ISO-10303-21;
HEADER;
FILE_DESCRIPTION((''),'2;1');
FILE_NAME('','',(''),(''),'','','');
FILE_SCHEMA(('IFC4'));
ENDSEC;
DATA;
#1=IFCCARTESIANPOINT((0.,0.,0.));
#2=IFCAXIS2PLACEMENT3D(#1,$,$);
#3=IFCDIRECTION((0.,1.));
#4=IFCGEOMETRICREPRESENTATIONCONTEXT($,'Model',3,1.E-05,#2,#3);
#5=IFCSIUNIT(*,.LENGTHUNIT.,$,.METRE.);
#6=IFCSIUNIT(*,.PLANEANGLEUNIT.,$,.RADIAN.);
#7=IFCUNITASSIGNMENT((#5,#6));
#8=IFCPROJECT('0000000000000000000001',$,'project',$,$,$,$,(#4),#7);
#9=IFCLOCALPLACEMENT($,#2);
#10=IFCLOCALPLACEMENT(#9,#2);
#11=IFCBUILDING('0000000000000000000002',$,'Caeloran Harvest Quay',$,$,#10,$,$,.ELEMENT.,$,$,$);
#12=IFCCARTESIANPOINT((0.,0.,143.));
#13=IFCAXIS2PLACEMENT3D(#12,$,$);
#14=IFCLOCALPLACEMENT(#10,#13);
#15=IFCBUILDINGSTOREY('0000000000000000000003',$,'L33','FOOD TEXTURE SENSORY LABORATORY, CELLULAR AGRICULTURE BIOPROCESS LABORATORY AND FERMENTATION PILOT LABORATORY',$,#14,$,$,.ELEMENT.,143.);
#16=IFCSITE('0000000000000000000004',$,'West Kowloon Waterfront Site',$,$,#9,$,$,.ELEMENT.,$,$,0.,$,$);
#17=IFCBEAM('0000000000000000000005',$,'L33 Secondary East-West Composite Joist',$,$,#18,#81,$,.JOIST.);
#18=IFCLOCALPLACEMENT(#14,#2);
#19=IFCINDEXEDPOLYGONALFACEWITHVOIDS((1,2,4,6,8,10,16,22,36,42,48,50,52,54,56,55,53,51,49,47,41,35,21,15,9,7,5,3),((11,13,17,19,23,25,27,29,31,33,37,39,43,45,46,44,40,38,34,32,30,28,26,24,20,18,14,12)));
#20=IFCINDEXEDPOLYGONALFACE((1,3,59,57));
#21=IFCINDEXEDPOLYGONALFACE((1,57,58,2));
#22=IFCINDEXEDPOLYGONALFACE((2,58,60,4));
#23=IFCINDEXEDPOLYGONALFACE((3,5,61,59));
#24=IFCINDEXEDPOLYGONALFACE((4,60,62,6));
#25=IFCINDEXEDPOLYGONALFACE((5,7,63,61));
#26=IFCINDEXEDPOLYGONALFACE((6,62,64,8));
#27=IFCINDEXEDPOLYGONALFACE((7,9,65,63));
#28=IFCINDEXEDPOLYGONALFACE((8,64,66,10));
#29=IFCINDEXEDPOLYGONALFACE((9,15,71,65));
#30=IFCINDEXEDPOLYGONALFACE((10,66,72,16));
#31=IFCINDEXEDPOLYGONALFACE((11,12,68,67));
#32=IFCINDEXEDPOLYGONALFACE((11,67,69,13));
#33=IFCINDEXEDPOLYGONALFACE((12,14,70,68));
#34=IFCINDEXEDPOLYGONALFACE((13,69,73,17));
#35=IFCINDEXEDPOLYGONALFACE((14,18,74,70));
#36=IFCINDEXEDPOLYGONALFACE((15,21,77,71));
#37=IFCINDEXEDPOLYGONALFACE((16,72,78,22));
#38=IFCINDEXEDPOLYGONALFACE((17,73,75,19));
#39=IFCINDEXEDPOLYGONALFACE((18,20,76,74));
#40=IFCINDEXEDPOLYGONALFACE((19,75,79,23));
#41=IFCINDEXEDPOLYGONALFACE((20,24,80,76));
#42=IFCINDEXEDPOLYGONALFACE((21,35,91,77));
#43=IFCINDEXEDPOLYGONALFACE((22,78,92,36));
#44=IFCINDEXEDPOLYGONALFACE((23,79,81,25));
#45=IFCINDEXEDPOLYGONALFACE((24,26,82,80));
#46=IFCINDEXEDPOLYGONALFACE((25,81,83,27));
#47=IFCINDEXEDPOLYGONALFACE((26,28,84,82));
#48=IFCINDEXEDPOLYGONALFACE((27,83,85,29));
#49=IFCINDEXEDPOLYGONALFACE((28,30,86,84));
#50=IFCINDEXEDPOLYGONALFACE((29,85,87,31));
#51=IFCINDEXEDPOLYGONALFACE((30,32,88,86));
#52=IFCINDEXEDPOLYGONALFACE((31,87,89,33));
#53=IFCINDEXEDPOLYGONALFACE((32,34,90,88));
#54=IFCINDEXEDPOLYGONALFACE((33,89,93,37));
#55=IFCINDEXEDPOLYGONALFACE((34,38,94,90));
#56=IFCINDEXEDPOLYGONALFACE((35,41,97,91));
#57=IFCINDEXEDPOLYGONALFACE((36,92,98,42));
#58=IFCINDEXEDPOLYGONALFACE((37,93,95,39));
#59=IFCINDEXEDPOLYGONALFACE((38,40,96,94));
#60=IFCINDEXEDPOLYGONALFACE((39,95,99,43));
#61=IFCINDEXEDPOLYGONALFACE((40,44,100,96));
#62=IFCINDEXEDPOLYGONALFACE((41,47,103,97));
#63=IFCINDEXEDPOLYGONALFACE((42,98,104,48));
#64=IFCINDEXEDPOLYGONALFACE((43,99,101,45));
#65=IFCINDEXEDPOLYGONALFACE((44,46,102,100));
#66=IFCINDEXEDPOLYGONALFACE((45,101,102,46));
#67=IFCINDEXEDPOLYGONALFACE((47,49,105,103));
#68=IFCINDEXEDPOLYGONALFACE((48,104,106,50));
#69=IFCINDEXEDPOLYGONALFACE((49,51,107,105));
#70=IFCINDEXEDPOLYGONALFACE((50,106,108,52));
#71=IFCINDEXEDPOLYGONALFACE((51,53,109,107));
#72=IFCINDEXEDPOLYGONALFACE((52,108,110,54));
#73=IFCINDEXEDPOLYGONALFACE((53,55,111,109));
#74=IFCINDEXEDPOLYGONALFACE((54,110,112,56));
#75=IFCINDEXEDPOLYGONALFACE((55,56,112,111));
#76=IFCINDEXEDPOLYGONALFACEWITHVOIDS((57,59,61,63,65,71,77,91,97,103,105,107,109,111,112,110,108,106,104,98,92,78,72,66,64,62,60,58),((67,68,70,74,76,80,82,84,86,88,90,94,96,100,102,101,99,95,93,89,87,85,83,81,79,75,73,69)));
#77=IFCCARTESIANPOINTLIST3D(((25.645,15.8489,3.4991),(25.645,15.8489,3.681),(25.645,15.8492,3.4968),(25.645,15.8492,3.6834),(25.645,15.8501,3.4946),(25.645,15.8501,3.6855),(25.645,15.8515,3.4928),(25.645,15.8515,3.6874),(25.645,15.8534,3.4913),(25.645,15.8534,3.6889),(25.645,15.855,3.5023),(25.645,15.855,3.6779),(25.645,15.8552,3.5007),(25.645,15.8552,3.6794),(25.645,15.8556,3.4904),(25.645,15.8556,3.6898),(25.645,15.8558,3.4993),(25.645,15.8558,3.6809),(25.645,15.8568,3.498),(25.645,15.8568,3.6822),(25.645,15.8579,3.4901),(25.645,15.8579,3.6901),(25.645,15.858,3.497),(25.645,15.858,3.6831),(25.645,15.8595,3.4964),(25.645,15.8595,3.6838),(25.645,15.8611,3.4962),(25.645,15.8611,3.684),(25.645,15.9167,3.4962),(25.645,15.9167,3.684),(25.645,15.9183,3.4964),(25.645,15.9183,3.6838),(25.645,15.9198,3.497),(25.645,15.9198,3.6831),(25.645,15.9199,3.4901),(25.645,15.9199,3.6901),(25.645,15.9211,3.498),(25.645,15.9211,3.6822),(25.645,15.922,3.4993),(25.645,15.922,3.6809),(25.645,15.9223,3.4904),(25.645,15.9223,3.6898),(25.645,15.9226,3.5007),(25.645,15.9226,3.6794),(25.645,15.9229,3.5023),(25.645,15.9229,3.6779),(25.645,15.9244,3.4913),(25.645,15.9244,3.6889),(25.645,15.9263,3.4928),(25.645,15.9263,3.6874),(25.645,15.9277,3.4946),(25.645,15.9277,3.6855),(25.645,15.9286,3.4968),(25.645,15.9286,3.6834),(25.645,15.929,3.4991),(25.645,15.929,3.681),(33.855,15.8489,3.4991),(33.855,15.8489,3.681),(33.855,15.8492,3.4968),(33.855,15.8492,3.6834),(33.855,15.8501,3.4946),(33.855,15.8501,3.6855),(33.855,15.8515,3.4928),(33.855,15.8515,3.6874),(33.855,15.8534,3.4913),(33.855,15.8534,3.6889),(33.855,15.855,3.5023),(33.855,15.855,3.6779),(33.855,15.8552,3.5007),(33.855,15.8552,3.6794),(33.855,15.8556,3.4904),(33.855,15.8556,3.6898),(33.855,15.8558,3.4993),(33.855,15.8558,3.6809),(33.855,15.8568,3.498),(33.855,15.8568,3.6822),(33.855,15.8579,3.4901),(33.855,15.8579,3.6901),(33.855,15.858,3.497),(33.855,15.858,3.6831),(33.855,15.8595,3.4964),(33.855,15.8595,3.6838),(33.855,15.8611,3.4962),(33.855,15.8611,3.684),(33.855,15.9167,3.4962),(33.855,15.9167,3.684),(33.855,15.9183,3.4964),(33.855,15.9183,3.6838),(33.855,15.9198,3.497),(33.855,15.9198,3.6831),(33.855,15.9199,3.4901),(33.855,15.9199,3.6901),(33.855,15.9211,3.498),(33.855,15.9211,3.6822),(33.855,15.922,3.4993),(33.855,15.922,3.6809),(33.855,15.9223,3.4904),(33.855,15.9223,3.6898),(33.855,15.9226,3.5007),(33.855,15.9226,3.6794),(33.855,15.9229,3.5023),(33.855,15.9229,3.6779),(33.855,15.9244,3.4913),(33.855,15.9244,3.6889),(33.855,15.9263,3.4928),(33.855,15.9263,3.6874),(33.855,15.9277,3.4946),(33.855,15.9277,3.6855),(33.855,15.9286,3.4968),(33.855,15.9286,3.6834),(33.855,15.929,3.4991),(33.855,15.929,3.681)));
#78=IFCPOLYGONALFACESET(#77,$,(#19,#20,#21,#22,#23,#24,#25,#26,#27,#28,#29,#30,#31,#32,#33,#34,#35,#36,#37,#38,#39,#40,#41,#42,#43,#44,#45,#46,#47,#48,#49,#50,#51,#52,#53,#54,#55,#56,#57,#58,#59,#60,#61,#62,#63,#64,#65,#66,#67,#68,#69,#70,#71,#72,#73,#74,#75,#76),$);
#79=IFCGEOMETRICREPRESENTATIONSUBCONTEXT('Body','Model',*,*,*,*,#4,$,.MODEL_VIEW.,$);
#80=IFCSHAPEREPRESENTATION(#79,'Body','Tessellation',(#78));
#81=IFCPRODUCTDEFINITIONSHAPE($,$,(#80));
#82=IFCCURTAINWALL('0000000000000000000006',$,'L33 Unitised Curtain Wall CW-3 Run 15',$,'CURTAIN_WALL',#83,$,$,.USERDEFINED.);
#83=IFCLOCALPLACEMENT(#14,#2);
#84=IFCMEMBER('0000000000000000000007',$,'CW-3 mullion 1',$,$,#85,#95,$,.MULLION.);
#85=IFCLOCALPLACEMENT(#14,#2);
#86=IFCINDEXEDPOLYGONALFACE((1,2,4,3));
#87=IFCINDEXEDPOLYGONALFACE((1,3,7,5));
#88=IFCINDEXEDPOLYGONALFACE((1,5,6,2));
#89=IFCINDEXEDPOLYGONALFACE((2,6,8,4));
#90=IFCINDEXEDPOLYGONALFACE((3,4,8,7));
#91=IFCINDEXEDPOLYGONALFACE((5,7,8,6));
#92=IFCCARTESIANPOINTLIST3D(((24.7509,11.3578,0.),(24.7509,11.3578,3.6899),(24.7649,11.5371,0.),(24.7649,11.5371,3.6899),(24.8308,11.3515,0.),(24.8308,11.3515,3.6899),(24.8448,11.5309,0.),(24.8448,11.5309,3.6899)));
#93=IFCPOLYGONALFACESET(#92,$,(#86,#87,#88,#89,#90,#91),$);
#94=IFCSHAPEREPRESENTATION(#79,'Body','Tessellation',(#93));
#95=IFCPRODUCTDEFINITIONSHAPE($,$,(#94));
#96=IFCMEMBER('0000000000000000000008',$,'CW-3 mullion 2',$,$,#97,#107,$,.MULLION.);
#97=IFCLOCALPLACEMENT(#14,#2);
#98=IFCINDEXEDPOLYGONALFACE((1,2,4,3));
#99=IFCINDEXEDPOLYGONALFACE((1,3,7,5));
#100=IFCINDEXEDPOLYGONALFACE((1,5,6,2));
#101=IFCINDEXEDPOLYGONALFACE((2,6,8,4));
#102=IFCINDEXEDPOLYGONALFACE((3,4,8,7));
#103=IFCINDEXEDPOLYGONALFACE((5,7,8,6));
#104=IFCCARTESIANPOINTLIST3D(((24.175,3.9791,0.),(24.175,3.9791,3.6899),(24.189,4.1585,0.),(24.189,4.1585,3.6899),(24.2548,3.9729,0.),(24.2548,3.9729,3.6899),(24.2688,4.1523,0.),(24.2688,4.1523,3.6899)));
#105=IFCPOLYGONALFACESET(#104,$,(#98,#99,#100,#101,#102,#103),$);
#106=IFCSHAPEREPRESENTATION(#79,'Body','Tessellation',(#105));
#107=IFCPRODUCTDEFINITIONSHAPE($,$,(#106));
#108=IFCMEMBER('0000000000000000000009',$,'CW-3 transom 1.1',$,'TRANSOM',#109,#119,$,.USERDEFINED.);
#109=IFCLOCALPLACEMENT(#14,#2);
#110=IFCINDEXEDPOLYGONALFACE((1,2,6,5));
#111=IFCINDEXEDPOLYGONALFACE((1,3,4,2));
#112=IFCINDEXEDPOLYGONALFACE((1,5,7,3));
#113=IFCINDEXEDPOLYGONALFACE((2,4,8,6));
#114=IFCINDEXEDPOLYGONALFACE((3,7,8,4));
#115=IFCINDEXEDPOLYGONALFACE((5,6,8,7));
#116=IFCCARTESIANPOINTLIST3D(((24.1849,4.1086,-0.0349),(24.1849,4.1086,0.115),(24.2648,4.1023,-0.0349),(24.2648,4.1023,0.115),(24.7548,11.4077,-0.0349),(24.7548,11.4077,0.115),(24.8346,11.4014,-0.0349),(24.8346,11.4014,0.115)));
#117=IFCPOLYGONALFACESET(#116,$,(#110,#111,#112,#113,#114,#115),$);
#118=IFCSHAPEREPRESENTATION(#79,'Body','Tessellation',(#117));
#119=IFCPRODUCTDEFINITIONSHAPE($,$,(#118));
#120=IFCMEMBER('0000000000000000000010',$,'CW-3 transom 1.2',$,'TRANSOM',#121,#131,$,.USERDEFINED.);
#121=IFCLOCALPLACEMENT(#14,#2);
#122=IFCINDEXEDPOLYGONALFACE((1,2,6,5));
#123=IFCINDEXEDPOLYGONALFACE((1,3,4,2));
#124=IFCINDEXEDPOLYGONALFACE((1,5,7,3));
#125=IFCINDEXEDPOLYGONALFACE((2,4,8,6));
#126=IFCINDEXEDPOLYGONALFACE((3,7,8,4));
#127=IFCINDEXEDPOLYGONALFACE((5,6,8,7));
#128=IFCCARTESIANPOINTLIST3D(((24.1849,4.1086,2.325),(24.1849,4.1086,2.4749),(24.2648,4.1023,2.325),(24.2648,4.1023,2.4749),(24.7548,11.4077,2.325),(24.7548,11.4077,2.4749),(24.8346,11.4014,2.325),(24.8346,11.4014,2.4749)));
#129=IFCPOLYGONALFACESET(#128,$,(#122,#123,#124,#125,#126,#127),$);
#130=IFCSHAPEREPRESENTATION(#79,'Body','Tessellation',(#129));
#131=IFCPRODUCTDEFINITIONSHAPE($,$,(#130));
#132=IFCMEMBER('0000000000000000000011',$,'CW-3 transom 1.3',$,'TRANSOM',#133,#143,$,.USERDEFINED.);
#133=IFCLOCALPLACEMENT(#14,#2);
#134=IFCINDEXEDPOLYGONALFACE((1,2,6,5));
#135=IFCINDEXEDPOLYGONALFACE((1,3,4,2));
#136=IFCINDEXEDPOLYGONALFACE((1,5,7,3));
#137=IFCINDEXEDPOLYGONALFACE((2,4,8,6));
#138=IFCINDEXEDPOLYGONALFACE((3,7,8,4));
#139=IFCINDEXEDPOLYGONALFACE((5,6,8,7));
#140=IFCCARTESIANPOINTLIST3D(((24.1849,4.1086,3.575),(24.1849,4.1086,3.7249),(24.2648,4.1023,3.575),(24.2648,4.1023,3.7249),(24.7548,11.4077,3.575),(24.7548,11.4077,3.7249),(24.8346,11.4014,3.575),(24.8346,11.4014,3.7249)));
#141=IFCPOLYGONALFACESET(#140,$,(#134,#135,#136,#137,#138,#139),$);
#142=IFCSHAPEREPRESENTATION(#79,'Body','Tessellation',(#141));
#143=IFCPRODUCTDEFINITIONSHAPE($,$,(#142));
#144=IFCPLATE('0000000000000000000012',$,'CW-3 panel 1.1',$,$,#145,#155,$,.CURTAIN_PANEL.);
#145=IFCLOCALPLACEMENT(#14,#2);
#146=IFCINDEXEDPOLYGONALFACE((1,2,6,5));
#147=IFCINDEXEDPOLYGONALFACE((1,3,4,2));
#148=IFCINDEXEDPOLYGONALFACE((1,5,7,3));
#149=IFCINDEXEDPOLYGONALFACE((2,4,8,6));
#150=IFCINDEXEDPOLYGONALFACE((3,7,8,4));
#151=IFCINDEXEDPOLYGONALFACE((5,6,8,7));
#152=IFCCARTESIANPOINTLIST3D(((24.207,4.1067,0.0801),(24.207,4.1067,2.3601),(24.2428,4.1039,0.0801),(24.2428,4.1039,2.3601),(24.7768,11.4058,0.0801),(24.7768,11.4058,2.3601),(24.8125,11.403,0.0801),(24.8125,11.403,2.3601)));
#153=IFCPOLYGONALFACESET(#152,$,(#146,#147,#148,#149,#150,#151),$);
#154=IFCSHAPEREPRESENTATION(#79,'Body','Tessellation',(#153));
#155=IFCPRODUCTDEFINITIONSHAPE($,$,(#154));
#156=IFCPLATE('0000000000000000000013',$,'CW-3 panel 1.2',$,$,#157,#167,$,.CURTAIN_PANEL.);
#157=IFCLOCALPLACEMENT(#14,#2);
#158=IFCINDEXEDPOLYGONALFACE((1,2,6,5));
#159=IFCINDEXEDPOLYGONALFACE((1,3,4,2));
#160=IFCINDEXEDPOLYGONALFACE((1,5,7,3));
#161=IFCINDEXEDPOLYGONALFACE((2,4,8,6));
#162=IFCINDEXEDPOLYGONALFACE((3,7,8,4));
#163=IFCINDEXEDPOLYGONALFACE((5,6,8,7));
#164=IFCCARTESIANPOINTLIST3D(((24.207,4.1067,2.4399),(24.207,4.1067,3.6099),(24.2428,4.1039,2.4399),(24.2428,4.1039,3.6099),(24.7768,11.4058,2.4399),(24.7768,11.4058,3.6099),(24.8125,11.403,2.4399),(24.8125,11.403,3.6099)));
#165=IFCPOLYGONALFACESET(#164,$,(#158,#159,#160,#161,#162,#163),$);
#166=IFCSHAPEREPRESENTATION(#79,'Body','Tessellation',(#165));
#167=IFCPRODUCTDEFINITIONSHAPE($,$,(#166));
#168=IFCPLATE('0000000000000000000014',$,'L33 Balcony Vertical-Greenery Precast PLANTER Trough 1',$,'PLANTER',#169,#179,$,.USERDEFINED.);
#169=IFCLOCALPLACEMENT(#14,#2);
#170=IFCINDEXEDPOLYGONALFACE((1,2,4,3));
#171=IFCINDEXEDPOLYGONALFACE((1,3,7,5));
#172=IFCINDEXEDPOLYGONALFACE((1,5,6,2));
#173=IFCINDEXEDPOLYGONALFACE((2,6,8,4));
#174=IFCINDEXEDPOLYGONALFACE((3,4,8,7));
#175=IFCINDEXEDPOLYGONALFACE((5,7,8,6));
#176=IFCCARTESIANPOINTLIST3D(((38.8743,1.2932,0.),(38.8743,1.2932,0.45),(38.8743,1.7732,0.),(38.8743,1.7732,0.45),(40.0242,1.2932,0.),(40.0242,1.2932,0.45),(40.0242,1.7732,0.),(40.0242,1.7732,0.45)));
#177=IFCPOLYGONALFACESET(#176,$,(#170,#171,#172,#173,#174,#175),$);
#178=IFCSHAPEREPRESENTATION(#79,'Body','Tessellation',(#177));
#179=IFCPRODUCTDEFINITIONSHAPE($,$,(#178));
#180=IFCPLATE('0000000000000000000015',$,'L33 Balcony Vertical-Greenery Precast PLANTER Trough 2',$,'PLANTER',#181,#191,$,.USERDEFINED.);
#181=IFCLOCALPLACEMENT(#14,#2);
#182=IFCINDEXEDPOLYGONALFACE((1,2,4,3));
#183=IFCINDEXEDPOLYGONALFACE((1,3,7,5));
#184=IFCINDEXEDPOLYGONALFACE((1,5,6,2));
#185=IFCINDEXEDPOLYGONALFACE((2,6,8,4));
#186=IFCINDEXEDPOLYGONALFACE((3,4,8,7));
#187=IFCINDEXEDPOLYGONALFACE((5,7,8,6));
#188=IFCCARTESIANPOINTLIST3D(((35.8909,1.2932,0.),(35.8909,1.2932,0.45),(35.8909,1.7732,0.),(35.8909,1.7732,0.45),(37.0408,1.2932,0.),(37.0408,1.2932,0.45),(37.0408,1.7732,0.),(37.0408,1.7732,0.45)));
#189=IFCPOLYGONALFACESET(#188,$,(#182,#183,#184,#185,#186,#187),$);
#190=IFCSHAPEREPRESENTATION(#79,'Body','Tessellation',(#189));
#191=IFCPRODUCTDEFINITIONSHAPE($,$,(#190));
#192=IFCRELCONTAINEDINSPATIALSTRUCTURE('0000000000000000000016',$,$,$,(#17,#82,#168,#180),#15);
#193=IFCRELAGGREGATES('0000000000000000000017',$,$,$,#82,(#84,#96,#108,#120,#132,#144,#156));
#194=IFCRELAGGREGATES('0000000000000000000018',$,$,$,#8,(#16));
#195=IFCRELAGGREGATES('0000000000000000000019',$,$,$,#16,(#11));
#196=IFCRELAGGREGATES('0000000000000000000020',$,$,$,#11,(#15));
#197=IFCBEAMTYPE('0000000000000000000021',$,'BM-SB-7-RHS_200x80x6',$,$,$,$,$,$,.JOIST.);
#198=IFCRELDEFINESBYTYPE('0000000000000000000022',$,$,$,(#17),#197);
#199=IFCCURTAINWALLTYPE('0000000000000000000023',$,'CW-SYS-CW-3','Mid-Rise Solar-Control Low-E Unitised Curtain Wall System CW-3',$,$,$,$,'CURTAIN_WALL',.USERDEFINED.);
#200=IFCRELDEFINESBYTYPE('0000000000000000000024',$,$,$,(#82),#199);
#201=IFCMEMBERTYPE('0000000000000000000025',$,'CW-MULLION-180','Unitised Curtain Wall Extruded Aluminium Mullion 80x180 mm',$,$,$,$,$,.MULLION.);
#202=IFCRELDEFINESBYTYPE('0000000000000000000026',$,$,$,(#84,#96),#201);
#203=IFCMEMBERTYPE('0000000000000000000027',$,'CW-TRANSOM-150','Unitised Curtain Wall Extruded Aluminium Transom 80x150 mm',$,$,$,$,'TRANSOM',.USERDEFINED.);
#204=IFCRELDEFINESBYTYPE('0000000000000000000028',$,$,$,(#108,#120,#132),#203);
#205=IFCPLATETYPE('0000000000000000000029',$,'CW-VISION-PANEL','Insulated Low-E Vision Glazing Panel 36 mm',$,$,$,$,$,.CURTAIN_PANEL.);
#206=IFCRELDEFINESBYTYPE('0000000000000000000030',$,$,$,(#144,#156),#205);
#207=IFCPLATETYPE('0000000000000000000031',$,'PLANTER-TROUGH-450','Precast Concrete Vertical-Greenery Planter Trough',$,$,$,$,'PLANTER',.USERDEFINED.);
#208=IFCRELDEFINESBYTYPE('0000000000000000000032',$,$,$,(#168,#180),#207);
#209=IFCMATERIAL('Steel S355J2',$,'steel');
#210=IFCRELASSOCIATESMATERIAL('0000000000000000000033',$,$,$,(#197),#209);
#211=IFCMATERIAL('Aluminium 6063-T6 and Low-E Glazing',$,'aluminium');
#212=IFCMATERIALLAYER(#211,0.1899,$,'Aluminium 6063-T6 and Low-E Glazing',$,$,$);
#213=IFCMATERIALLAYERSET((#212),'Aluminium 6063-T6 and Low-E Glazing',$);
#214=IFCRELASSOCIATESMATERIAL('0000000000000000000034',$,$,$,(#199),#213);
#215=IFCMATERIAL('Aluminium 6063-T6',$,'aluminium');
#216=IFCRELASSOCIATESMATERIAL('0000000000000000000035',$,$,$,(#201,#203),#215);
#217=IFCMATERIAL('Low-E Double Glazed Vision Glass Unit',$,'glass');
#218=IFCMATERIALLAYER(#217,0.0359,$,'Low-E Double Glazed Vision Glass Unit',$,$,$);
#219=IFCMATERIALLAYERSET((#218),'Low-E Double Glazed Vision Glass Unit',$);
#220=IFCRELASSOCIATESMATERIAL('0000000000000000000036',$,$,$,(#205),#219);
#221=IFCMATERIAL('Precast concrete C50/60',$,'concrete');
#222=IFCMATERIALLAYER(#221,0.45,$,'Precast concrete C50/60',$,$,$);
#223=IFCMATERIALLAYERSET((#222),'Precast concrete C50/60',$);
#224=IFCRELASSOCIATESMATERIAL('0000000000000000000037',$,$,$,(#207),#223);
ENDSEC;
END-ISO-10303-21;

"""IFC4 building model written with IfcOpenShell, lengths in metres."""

from ifc_helpers import new_model, si_unit, direction, frame, origin, origin_2d, place, context, subcontext, project, spatial, rectangle, hollow_rectangle, extrude, material, layer, layer_set, material_profile, profile_set, type_object, element, aggregate, save


model = new_model("IFC4")

# Units and contexts
model_context = context("Model", 3, precision=1e-05, world=origin(), true_north=direction((0.0, 1.0)))
body_context = subcontext(model_context, "Body", "Model", "MODEL_VIEW")
ifc_project = project(units=[si_unit("LENGTHUNIT", "METRE"), si_unit("PLANEANGLEUNIT", "RADIAN")], contexts=[model_context])

# Site, building, storey
site_placement = place(None, origin())
site = spatial("IfcSite", under=ifc_project, at=site_placement, Name="West Kowloon Waterfront Site", CompositionType="ELEMENT", RefElevation=0.0)
building_placement = place(site_placement, origin())
building = spatial("IfcBuilding", under=site, at=building_placement, Name="Caeloran Harvest Quay", CompositionType="ELEMENT")
storey_placement = place(building_placement, frame((0.0, 0.0, 143.0)))
storey = spatial("IfcBuildingStorey", under=building, at=storey_placement, Name="L33", Description="FOOD TEXTURE SENSORY LABORATORY, CELLULAR AGRICULTURE BIOPROCESS LABORATORY AND FERMENTATION PILOT LABORATORY", CompositionType="ELEMENT", Elevation=143.0)

# Beam
ifc_material_1 = material(Name="Steel S355J2", Category="steel")
ifc_material_profile_1 = material_profile(ifc_material_1, hollow_rectangle(XDim=0.0801, YDim=0.2, WallThickness=0.0061, InnerFilletRadius=0.0061, OuterFilletRadius=0.009, at=origin_2d()), Name="RHS 200x80x6")
ifc_profile_set_1 = profile_set([ifc_material_profile_1], Name="Steel S355J2")
beam_type_1 = type_object("IfcBeamType", Name="BM-SB-7-RHS_200x80x6", PredefinedType="JOIST", material=ifc_profile_set_1)
beam_1_placement = place(storey_placement, frame((25.645, 15.8889, 3.5901), z_axis=(1.0, 0.0, 0.0), x_axis=(0.0, 1.0, 0.0)))
element("IfcBeam", 1, at=beam_1_placement, inside=storey, type_object=beam_type_1, Name="L33 Secondary East-West Composite Joist", PredefinedType="JOIST", context=body_context, shape_type="SweptSolid", body=[
    extrude(hollow_rectangle(XDim=0.0801, YDim=0.2, WallThickness=0.0061, InnerFilletRadius=0.0061, OuterFilletRadius=0.009, at=origin_2d()), origin(), (0.0, 0.0, 1.0), 8.21),
])

# Curtain wall, members, plates
ifc_material_2 = material(Name="Aluminium 6063-T6 and Low-E Glazing", Category="aluminium")
ifc_layer_1 = layer(ifc_material_2, 0.1899, Name="Aluminium 6063-T6 and Low-E Glazing")
ifc_layer_set_1 = layer_set([ifc_layer_1], Name="Aluminium 6063-T6 and Low-E Glazing")
curtain_wall_type = type_object("IfcCurtainWallType", Name="CW-SYS-CW-3", Description="Mid-Rise Solar-Control Low-E Unitised Curtain Wall System CW-3", ElementType="CURTAIN_WALL", PredefinedType="USERDEFINED", material=ifc_layer_set_1)
curtain_wall_placement = place(storey_placement, origin())
curtain_wall = element("IfcCurtainWall", 2, at=curtain_wall_placement, inside=storey, type_object=curtain_wall_type, Name="L33 Unitised Curtain Wall CW-3 Run 15", ObjectType="CURTAIN_WALL", PredefinedType="USERDEFINED")
ifc_material_3 = material(Name="Aluminium 6063-T6", Category="aluminium")
ifc_material_profile_2 = material_profile(ifc_material_3, rectangle(XDim=0.0801, YDim=0.1799, at=origin_2d()), Name="CW-MULLION-180")
ifc_profile_set_2 = profile_set([ifc_material_profile_2], Name="Aluminium 6063-T6")
member_type_1 = type_object("IfcMemberType", Name="CW-MULLION-180", Description="Unitised Curtain Wall Extruded Aluminium Mullion 80x180 mm", PredefinedType="MULLION", material=ifc_profile_set_2)
member_1_placement = place(storey_placement, frame((24.7979, 11.4443, 0.0), z_axis=(0.0, 0.0, 1.0), x_axis=(0.996967, -0.077822, 0.0)))
member_1 = element("IfcMember", 3, at=member_1_placement, type_object=member_type_1, Name="CW-3 mullion 1", PredefinedType="MULLION", context=body_context, shape_type="SweptSolid", body=[
    extrude(rectangle(XDim=0.0801, YDim=0.1799, at=origin_2d()), origin(), (0.0, 0.0, 1.0), 3.6899),
])
member_2_placement = place(storey_placement, frame((24.2219, 4.0657, 0.0), z_axis=(0.0, 0.0, 1.0), x_axis=(0.996967, -0.077822, 0.0)))
member_2 = element("IfcMember", 4, at=member_2_placement, type_object=member_type_1, Name="CW-3 mullion 2", PredefinedType="MULLION", context=body_context, shape_type="SweptSolid", body=[
    extrude(rectangle(XDim=0.0801, YDim=0.1799, at=origin_2d()), origin(), (0.0, 0.0, 1.0), 3.6899),
])
ifc_material_profile_3 = material_profile(ifc_material_3, rectangle(XDim=0.0801, YDim=0.1499, at=origin_2d()), Name="CW-TRANSOM-150")
ifc_profile_set_3 = profile_set([ifc_material_profile_3], Name="Aluminium 6063-T6")
member_type_2 = type_object("IfcMemberType", Name="CW-TRANSOM-150", Description="Unitised Curtain Wall Extruded Aluminium Transom 80x150 mm", ElementType="TRANSOM", PredefinedType="USERDEFINED", material=ifc_profile_set_3)
member_3_placement = place(storey_placement, frame((24.7947, 11.4045, 0.04), z_axis=(-0.077831, -0.996967, 0.0), x_axis=(0.996967, -0.077831, 0.0)))
member_3 = element("IfcMember", 5, at=member_3_placement, type_object=member_type_2, Name="CW-3 transom 1.1", ObjectType="TRANSOM", PredefinedType="USERDEFINED", context=body_context, shape_type="SweptSolid", body=[
    extrude(rectangle(XDim=0.0801, YDim=0.1499, at=origin_2d()), origin(), (0.0, 0.0, 1.0), 7.3213),
])
member_4_placement = place(storey_placement, frame((24.7947, 11.4045, 2.3999), z_axis=(-0.077831, -0.996967, 0.0), x_axis=(0.996967, -0.077831, 0.0)))
member_4 = element("IfcMember", 6, at=member_4_placement, type_object=member_type_2, Name="CW-3 transom 1.2", ObjectType="TRANSOM", PredefinedType="USERDEFINED", context=body_context, shape_type="SweptSolid", body=[
    extrude(rectangle(XDim=0.0801, YDim=0.1499, at=origin_2d()), origin(), (0.0, 0.0, 1.0), 7.3213),
])
member_5_placement = place(storey_placement, frame((24.7947, 11.4045, 3.6499), z_axis=(-0.077831, -0.996967, 0.0), x_axis=(0.996967, -0.077831, 0.0)))
member_5 = element("IfcMember", 7, at=member_5_placement, type_object=member_type_2, Name="CW-3 transom 1.3", ObjectType="TRANSOM", PredefinedType="USERDEFINED", context=body_context, shape_type="SweptSolid", body=[
    extrude(rectangle(XDim=0.0801, YDim=0.1499, at=origin_2d()), origin(), (0.0, 0.0, 1.0), 7.3213),
])
ifc_material_4 = material(Name="Low-E Double Glazed Vision Glass Unit", Category="glass")
ifc_layer_2 = layer(ifc_material_4, 0.0359, Name="Low-E Double Glazed Vision Glass Unit")
ifc_layer_set_2 = layer_set([ifc_layer_2], Name="Low-E Double Glazed Vision Glass Unit")
plate_type_1 = type_object("IfcPlateType", Name="CW-VISION-PANEL", Description="Insulated Low-E Vision Glazing Panel 36 mm", PredefinedType="CURTAIN_PANEL", material=ifc_layer_set_2)
plate_1_placement = place(storey_placement, frame((24.5098, 7.7549, 0.0801), z_axis=(0.0, 0.0, 1.0), x_axis=(-0.077822, -0.996967, 0.0)))
plate_1 = element("IfcPlate", 8, at=plate_1_placement, type_object=plate_type_1, Name="CW-3 panel 1.1", PredefinedType="CURTAIN_PANEL", context=body_context, shape_type="SweptSolid", body=[
    extrude(rectangle(XDim=7.3213, YDim=0.0359, at=origin_2d()), origin(), (0.0, 0.0, 1.0), 2.28),
])
plate_2_placement = place(storey_placement, frame((24.5098, 7.7549, 2.4399), z_axis=(0.0, 0.0, 1.0), x_axis=(-0.077822, -0.996967, 0.0)))
plate_2 = element("IfcPlate", 9, at=plate_2_placement, type_object=plate_type_1, Name="CW-3 panel 1.2", PredefinedType="CURTAIN_PANEL", context=body_context, shape_type="SweptSolid", body=[
    extrude(rectangle(XDim=7.3213, YDim=0.0359, at=origin_2d()), origin(), (0.0, 0.0, 1.0), 1.1699),
])
aggregate(curtain_wall, [member_1, member_2, member_3, member_4, member_5, plate_1, plate_2])

# Plates
ifc_material_5 = material(Name="Precast concrete C50/60", Category="concrete")
ifc_layer_3 = layer(ifc_material_5, 0.45, Name="Precast concrete C50/60")
ifc_layer_set_3 = layer_set([ifc_layer_3], Name="Precast concrete C50/60")
plate_type_2 = type_object("IfcPlateType", Name="PLANTER-TROUGH-450", Description="Precast Concrete Vertical-Greenery Planter Trough", ElementType="PLANTER", PredefinedType="USERDEFINED", material=ifc_layer_set_3)
for number, where, z_axis, x_axis, name in (
    (10, (39.4492, 1.5332, 0.0), (0.0, 0.0, 1.0), (1.0, 0.0, 0.0), "L33 Balcony Vertical-Greenery Precast PLANTER Trough 1"),
    (11, (36.4658, 1.5332, 0.0), (0.0, 0.0, 1.0), (1.0, 0.0, 0.0), "L33 Balcony Vertical-Greenery Precast PLANTER Trough 2"),
):
    element("IfcPlate", number, at=place(storey_placement, frame(where, z_axis=z_axis, x_axis=x_axis)), inside=storey, type_object=plate_type_2, Name=name, ObjectType="PLANTER", PredefinedType="USERDEFINED", context=body_context, shape_type="SweptSolid", body=[
        extrude(rectangle(XDim=1.1499, YDim=0.48, at=origin_2d()), origin(), (0.0, 0.0, 1.0), 0.45),
    ])

save(model, "model.ifc")
